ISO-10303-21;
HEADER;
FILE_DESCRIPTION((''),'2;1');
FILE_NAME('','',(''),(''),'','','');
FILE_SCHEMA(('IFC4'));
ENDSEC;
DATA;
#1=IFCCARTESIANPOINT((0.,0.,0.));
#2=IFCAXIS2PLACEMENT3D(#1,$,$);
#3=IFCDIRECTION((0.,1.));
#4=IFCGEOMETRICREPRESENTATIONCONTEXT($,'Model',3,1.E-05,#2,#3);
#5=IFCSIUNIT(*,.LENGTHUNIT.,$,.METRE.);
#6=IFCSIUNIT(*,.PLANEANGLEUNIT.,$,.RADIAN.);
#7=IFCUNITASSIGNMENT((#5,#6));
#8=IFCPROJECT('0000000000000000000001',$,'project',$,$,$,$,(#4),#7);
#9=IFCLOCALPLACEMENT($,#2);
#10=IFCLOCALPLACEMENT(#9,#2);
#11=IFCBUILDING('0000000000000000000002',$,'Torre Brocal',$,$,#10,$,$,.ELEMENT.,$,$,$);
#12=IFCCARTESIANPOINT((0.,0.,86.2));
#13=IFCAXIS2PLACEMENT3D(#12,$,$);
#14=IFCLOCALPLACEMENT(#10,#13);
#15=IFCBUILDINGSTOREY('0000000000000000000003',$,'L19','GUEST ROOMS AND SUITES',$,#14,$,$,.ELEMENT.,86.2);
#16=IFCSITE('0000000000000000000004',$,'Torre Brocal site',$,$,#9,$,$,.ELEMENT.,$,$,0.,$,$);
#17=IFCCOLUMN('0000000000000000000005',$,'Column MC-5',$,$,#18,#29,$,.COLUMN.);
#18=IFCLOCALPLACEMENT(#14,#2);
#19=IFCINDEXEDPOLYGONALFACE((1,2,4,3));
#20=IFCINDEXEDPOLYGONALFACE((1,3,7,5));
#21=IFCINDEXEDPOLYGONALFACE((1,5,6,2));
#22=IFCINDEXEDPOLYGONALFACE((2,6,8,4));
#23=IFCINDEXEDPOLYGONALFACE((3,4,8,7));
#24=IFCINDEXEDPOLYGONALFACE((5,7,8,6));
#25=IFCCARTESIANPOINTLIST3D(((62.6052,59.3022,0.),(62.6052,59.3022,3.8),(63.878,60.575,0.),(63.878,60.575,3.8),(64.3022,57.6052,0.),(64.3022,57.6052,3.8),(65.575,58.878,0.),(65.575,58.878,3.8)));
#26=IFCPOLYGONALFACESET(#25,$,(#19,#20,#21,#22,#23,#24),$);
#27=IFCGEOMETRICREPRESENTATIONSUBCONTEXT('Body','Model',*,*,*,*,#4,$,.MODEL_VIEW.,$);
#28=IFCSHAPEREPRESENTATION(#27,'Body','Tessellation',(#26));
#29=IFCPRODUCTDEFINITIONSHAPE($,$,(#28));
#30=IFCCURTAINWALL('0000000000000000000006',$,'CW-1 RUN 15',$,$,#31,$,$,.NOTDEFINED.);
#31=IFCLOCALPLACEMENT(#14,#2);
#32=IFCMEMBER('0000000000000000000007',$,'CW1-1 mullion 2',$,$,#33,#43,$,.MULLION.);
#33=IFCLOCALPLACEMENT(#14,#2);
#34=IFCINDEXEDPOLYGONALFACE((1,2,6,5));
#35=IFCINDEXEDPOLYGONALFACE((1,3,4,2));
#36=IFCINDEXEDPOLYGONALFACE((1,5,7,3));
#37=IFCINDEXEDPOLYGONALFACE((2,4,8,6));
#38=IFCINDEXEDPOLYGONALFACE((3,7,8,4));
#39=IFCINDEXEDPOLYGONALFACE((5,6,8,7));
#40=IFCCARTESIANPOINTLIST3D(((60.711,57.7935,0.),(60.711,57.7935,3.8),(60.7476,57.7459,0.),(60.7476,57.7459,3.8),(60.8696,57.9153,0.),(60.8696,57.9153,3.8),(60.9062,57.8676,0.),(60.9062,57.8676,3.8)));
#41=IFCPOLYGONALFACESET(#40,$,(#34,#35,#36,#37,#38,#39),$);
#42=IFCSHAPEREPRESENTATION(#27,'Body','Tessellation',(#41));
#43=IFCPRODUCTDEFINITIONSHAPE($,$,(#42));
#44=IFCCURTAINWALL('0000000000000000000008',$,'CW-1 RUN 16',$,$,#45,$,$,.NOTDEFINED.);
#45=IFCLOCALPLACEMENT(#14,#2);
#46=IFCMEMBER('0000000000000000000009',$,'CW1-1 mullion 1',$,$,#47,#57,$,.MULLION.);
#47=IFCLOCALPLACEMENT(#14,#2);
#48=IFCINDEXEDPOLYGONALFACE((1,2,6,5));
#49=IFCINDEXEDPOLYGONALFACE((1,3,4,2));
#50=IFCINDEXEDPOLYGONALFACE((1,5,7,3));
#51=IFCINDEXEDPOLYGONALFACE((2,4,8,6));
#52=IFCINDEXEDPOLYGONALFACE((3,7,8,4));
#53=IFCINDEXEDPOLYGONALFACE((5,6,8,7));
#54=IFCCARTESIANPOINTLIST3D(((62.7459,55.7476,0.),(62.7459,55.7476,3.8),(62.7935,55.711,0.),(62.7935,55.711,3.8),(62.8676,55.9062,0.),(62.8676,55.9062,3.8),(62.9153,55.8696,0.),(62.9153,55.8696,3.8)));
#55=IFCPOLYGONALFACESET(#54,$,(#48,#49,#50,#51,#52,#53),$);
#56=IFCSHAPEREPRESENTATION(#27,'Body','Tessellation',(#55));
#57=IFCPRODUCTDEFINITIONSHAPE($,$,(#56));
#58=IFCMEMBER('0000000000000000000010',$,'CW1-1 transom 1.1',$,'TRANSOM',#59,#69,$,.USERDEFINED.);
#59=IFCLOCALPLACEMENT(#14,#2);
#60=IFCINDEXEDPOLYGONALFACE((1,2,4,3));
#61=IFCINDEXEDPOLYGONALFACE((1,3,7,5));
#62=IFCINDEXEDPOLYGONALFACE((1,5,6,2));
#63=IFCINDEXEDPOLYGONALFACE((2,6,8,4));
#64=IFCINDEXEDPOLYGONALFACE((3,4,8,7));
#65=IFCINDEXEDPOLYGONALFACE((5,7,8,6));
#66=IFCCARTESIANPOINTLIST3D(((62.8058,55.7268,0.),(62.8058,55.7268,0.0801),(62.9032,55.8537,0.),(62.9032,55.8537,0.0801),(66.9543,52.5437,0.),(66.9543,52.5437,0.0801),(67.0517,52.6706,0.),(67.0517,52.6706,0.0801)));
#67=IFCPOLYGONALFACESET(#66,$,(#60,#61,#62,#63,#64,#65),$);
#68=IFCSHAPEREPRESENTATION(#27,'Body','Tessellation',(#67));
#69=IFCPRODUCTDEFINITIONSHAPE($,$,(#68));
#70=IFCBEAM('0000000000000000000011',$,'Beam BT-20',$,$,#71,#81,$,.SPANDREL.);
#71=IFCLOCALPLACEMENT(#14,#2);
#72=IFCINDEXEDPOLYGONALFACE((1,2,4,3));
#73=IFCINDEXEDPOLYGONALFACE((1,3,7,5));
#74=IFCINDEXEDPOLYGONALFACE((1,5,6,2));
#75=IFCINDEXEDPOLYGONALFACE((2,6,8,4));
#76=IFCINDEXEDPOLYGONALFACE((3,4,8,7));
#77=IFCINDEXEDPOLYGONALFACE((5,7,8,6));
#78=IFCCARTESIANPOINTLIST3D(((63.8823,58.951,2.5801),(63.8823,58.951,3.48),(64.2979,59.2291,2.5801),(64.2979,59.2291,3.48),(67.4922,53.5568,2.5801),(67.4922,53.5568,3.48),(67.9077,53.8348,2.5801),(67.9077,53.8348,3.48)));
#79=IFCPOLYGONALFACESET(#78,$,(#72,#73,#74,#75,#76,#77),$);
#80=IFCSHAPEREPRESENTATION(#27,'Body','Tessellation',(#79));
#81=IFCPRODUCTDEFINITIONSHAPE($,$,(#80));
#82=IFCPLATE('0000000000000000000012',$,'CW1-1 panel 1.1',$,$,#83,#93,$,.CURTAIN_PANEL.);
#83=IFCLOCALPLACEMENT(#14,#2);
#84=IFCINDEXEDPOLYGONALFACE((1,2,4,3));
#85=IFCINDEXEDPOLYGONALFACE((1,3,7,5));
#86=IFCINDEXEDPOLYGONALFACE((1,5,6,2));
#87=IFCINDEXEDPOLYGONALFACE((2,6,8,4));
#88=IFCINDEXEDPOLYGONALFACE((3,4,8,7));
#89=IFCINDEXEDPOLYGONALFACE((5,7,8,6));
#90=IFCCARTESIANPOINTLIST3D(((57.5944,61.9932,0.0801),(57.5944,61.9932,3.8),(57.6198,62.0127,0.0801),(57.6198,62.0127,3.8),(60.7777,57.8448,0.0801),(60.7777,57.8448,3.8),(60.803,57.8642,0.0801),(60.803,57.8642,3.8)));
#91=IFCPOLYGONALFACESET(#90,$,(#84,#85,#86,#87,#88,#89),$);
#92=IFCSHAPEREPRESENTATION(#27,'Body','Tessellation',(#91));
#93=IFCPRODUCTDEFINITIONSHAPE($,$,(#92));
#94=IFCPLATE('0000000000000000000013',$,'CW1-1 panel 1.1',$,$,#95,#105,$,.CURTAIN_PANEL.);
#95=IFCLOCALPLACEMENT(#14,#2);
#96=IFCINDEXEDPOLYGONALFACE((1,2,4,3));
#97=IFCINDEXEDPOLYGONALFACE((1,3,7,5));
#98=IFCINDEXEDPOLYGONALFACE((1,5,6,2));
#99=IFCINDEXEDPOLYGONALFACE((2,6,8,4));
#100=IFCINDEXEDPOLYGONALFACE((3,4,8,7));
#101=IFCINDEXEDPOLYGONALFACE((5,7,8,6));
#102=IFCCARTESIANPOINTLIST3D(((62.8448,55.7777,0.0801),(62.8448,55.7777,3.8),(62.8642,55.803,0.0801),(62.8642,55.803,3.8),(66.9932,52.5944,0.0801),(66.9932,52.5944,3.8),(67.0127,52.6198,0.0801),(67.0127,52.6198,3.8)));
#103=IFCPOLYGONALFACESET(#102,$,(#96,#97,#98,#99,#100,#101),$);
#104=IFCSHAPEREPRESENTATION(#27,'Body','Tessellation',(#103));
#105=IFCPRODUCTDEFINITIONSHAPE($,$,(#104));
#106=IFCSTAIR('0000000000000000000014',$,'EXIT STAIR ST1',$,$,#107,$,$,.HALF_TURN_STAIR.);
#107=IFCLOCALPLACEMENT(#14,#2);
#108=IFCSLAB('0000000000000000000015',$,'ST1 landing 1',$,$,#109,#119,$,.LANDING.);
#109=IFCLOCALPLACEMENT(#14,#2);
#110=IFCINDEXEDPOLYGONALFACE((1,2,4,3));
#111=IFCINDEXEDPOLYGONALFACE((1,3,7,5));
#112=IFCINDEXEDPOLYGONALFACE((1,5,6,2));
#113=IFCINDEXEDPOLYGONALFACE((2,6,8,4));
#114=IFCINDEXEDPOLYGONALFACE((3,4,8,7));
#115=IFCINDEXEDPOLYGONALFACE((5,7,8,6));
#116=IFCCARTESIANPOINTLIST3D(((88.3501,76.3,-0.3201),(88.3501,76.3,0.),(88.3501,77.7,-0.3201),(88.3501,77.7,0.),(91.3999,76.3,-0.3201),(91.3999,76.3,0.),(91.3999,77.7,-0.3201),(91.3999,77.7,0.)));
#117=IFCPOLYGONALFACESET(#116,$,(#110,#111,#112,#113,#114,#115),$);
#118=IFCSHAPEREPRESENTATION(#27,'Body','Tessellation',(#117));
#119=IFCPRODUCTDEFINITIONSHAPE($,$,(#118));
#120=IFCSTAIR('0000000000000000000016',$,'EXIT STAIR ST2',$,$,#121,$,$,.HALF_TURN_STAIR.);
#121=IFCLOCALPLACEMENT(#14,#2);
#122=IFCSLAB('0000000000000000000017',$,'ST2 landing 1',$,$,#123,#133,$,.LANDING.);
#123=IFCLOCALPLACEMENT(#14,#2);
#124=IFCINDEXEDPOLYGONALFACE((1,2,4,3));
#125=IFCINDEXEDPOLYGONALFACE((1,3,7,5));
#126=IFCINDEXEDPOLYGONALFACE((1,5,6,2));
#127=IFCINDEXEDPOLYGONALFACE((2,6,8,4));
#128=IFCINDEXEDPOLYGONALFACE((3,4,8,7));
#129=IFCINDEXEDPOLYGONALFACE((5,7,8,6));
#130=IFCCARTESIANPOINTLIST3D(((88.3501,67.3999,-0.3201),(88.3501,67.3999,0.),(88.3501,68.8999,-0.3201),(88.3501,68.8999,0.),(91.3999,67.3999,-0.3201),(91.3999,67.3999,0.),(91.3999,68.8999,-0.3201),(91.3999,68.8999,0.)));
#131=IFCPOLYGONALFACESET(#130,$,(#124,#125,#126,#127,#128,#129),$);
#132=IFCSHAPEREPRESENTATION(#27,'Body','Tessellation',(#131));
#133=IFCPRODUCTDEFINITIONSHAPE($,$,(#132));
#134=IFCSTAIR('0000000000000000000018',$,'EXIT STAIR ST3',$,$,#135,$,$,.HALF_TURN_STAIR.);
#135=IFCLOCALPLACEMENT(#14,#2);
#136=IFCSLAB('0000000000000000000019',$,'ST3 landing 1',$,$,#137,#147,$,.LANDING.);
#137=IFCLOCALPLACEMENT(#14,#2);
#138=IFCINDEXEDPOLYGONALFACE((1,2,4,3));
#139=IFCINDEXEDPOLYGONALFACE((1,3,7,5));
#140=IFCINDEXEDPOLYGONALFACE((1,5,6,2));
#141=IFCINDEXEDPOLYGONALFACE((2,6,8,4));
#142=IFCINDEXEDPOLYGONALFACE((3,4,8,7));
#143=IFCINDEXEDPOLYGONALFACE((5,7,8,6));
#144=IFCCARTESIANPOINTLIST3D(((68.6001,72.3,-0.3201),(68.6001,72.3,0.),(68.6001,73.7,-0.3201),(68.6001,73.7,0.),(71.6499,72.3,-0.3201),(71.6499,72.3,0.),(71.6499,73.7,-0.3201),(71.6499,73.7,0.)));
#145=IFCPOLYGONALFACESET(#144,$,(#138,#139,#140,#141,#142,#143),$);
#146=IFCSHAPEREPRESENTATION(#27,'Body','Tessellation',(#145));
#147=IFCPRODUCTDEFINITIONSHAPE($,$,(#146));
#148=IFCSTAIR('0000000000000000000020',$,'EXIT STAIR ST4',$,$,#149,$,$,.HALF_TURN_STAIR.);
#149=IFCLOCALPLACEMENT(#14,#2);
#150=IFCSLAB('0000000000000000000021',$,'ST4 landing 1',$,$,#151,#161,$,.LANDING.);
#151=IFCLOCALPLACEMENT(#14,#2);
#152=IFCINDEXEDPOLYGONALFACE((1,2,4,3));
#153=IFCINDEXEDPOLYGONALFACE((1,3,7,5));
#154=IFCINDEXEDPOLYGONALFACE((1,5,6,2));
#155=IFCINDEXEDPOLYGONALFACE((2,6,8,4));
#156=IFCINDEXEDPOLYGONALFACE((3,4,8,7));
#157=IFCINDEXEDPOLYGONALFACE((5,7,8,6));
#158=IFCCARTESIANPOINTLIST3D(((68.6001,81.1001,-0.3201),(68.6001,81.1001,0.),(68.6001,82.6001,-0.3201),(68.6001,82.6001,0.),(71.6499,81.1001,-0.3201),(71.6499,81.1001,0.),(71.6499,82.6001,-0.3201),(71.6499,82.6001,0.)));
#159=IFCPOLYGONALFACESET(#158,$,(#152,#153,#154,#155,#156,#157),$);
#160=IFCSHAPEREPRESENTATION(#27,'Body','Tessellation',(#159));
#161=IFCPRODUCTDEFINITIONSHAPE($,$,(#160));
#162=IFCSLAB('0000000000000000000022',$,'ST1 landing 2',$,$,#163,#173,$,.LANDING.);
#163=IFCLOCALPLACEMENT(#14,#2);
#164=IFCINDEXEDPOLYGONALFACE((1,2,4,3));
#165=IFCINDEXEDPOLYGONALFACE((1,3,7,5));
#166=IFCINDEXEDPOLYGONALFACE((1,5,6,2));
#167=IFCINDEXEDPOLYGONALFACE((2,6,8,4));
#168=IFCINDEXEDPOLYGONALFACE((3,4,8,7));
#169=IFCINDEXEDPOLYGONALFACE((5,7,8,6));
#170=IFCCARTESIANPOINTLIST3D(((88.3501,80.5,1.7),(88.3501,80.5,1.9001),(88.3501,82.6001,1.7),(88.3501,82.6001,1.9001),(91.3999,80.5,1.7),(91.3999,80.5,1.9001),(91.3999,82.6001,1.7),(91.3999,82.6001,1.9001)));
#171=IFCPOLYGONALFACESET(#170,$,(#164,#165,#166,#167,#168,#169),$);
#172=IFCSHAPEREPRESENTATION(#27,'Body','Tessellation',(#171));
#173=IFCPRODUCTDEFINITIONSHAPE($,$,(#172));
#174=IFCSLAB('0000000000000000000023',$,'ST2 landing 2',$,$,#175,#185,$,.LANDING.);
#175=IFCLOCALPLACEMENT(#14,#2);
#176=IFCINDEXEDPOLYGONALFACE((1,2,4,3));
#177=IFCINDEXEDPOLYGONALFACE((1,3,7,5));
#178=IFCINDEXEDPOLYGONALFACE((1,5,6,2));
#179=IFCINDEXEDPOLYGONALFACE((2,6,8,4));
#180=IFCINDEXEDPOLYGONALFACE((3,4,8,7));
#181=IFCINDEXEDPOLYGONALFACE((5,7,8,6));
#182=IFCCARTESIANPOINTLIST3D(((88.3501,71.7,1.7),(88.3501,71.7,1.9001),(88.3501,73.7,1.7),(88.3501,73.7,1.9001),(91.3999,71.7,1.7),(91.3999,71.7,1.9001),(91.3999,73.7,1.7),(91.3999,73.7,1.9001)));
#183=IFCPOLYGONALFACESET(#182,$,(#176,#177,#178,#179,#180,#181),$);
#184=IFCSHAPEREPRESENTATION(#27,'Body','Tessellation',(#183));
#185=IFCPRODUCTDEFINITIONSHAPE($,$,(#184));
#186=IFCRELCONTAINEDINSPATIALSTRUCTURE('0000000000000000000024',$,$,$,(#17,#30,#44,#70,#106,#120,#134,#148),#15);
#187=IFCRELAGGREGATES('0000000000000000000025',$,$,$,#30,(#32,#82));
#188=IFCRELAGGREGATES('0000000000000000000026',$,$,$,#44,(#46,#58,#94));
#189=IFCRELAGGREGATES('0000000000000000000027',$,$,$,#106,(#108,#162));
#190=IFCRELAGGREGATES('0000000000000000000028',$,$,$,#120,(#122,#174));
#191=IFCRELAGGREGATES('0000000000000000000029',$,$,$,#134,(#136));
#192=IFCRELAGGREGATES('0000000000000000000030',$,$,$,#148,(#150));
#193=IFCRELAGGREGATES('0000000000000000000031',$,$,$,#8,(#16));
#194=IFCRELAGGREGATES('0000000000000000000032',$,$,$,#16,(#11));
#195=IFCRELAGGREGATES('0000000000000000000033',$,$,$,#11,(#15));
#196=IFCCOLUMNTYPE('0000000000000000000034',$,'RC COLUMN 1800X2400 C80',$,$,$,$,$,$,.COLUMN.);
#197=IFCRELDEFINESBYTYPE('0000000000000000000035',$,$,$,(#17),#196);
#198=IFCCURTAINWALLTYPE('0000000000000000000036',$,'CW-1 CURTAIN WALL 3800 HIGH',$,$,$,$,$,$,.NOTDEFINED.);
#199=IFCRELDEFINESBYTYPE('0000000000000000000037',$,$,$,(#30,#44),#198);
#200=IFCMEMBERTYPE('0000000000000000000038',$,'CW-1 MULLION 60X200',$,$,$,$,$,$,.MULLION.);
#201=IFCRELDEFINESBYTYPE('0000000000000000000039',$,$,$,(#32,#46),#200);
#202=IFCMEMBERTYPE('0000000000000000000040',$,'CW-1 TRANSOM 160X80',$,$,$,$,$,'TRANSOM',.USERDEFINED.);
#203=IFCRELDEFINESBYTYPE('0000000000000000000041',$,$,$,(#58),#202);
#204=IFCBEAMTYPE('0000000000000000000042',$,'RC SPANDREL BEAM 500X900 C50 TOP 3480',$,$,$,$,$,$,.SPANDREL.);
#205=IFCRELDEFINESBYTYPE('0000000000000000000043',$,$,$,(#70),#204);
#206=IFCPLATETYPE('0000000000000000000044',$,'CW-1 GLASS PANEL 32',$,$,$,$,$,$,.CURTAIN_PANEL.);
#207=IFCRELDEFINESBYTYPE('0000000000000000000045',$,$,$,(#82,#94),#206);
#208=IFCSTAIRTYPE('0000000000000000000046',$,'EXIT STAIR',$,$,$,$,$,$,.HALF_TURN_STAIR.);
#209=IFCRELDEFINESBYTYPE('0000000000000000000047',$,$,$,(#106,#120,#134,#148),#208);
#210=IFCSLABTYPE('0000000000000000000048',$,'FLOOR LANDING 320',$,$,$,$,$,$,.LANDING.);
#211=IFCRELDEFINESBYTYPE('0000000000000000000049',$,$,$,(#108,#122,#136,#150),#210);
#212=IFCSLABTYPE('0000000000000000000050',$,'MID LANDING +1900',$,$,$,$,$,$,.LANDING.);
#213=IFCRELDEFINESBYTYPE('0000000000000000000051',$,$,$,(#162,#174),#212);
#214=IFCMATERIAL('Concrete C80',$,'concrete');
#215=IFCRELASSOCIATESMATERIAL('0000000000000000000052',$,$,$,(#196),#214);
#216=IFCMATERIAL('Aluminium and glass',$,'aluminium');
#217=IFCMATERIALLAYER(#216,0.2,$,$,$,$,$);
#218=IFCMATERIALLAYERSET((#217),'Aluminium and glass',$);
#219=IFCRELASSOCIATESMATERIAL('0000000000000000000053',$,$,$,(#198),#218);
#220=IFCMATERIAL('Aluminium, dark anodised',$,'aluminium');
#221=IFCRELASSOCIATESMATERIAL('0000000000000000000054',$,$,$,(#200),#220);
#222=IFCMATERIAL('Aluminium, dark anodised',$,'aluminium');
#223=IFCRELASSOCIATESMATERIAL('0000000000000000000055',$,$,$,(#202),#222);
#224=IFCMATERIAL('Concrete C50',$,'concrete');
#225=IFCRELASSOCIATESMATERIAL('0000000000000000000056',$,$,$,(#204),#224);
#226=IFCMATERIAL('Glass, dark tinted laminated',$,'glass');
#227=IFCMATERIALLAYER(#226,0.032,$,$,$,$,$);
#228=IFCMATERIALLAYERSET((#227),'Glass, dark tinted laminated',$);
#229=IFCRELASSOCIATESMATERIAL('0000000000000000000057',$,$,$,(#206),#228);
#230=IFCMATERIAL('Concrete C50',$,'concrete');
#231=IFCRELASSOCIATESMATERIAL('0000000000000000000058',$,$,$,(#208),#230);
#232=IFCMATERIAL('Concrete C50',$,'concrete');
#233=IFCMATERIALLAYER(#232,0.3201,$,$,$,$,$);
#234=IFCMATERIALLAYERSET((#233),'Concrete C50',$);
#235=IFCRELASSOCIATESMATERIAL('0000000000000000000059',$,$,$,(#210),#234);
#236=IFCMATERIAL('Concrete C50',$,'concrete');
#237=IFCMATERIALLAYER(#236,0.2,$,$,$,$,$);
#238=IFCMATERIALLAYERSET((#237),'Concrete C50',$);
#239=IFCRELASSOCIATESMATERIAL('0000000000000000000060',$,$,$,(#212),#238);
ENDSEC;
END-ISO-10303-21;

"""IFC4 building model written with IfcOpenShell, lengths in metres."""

from ifc_helpers import new_model, si_unit, direction, frame, origin, origin_2d, place, context, subcontext, project, spatial, polyline, rectangle, outline, extrude, material, layer, layer_set, material_profile, profile_set, type_object, element, aggregate, save


model = new_model("IFC4")

# Units and contexts
model_context = context("Model", 3, precision=1e-05, world=origin(), true_north=direction((0.0, 1.0)))
body_context = subcontext(model_context, "Body", "Model", "MODEL_VIEW")
ifc_project = project(units=[si_unit("LENGTHUNIT", "METRE"), si_unit("PLANEANGLEUNIT", "RADIAN")], contexts=[model_context])

# Site, building, storey
site_placement = place(None, origin())
site = spatial("IfcSite", under=ifc_project, at=site_placement, Name="Torre Brocal site", CompositionType="ELEMENT", RefElevation=0.0)
building_placement = place(site_placement, origin())
building = spatial("IfcBuilding", under=site, at=building_placement, Name="Torre Brocal", CompositionType="ELEMENT")
storey_placement = place(building_placement, frame((0.0, 0.0, 86.2)))
storey = spatial("IfcBuildingStorey", under=building, at=storey_placement, Name="L19", Description="GUEST ROOMS AND SUITES", CompositionType="ELEMENT", Elevation=86.2)

# Column
ifc_material_1 = material(Name="Concrete C80", Category="concrete")
ifc_material_profile_1 = material_profile(ifc_material_1, rectangle(XDim=1.8, YDim=2.3999, at=origin_2d()), Name="RC 1800X2400")
ifc_profile_set_1 = profile_set([ifc_material_profile_1], Name="Concrete C80")
column_type = type_object("IfcColumnType", Name="RC COLUMN 1800X2400 C80", PredefinedType="COLUMN", material=ifc_profile_set_1)
column_placement = place(storey_placement, frame((64.0901, 59.0901, 0.0), z_axis=(0.0, 0.0, 1.0), x_axis=(-0.707107, -0.707107, 0.0)))
element("IfcColumn", 1, at=column_placement, inside=storey, type_object=column_type, Name="Column MC-5", PredefinedType="COLUMN", context=body_context, shape_type="SweptSolid", body=[
    extrude(rectangle(XDim=1.8, YDim=2.3999, at=origin_2d()), origin(), (0.0, 0.0, 1.0), 3.8),
])

# Curtain wall, member
ifc_material_2 = material(Name="Aluminium and glass", Category="aluminium")
ifc_layer_1 = layer(ifc_material_2, 0.2)
ifc_layer_set_1 = layer_set([ifc_layer_1], Name="Aluminium and glass")
curtain_wall_type = type_object("IfcCurtainWallType", Name="CW-1 CURTAIN WALL 3800 HIGH", PredefinedType="NOTDEFINED", material=ifc_layer_set_1)
curtain_wall_1_placement = place(storey_placement, origin())
curtain_wall_1 = element("IfcCurtainWall", 2, at=curtain_wall_1_placement, inside=storey, type_object=curtain_wall_type, Name="CW-1 RUN 15", PredefinedType="NOTDEFINED")
ifc_material_3 = material(Name="Aluminium, dark anodised", Category="aluminium")
ifc_material_profile_2 = material_profile(ifc_material_3, rectangle(XDim=0.2, YDim=0.0601, at=origin_2d()), Name="CW-1 MULLION 60X200")
ifc_profile_set_2 = profile_set([ifc_material_profile_2], Name="Aluminium, dark anodised")
member_type_1 = type_object("IfcMemberType", Name="CW-1 MULLION 60X200", PredefinedType="MULLION", material=ifc_profile_set_2)
member_1_placement = place(storey_placement, frame((60.8086, 57.8306, 0.0), z_axis=(0.0, 0.0, 1.0), x_axis=(0.793353, 0.608761, 0.0)))
member_1 = element("IfcMember", 3, at=member_1_placement, type_object=member_type_1, Name="CW1-1 mullion 2", PredefinedType="MULLION", context=body_context, shape_type="SweptSolid", body=[
    extrude(rectangle(XDim=0.2, YDim=0.0601, at=origin_2d()), origin(), (0.0, 0.0, 1.0), 3.8),
])

# Curtain wall, members
curtain_wall_2_placement = place(storey_placement, origin())
curtain_wall_2 = element("IfcCurtainWall", 4, at=curtain_wall_2_placement, inside=storey, type_object=curtain_wall_type, Name="CW-1 RUN 16", PredefinedType="NOTDEFINED")
member_2_placement = place(storey_placement, frame((62.8306, 55.8086, 0.0), z_axis=(0.0, 0.0, 1.0), x_axis=(0.608761, 0.793353, 0.0)))
member_2 = element("IfcMember", 5, at=member_2_placement, type_object=member_type_1, Name="CW1-1 mullion 1", PredefinedType="MULLION", context=body_context, shape_type="SweptSolid", body=[
    extrude(rectangle(XDim=0.2, YDim=0.0601, at=origin_2d()), origin(), (0.0, 0.0, 1.0), 3.8),
])
ifc_material_4 = material(Name="Aluminium, dark anodised", Category="aluminium")
ifc_material_profile_3 = material_profile(ifc_material_4, rectangle(XDim=0.1599, YDim=0.0801, at=origin_2d()), Name="CW-1 TRANSOM 160X80")
ifc_profile_set_3 = profile_set([ifc_material_profile_3], Name="Aluminium, dark anodised")
member_type_2 = type_object("IfcMemberType", Name="CW-1 TRANSOM 160X80", ElementType="TRANSOM", PredefinedType="USERDEFINED", material=ifc_profile_set_3)
member_3_placement = place(storey_placement, frame((62.8545, 55.7903, 0.04), z_axis=(0.793363, -0.608749, 0.0), x_axis=(0.608749, 0.793363, 0.0)))
member_3 = element("IfcMember", 6, at=member_3_placement, type_object=member_type_2, Name="CW1-1 transom 1.1", ObjectType="TRANSOM", PredefinedType="USERDEFINED", context=body_context, shape_type="SweptSolid", body=[
    extrude(rectangle(XDim=0.1599, YDim=0.0801, at=origin_2d()), origin(), (0.0, 0.0, 1.0), 5.229),
])

# Beam
ifc_material_5 = material(Name="Concrete C50", Category="concrete")
ifc_material_profile_4 = material_profile(ifc_material_5, rectangle(XDim=0.5, YDim=0.8999, at=origin_2d()), Name="RC 500X900")
ifc_profile_set_4 = profile_set([ifc_material_profile_4], Name="Concrete C50")
beam_type = type_object("IfcBeamType", Name="RC SPANDREL BEAM 500X900 C50 TOP 3480", PredefinedType="SPANDREL", material=ifc_profile_set_4)
beam_placement = place(storey_placement, frame((64.0901, 59.0901, 3.03), z_axis=(0.556158, -0.831077, 0.0), x_axis=(0.831077, 0.556158, 0.0)))
element("IfcBeam", 7, at=beam_placement, inside=storey, type_object=beam_type, Name="Beam BT-20", PredefinedType="SPANDREL", context=body_context, shape_type="SweptSolid", body=[
    extrude(rectangle(XDim=0.5, YDim=0.8999, at=origin_2d()), origin(), (0.0, 0.0, 1.0), 6.4907),
])

# Plates
ifc_material_6 = material(Name="Glass, dark tinted laminated", Category="glass")
ifc_layer_2 = layer(ifc_material_6, 0.032)
ifc_layer_set_2 = layer_set([ifc_layer_2], Name="Glass, dark tinted laminated")
plate_type = type_object("IfcPlateType", Name="CW-1 GLASS PANEL 32", PredefinedType="CURTAIN_PANEL", material=ifc_layer_set_2)
plate_1_placement = place(storey_placement, frame((59.1987, 59.9287, 0.0801), z_axis=(0.0, 0.0, 1.0), x_axis=(0.608761, -0.793353, 0.0)))
plate_1 = element("IfcPlate", 8, at=plate_1_placement, type_object=plate_type, Name="CW1-1 panel 1.1", PredefinedType="CURTAIN_PANEL", context=body_context, shape_type="SweptSolid", body=[
    extrude(rectangle(XDim=5.229, YDim=0.032, at=origin_2d()), origin(), (0.0, 0.0, 1.0), 3.72),
])
aggregate(curtain_wall_1, [member_1, plate_1])
plate_2_placement = place(storey_placement, frame((64.9287, 54.1987, 0.0801), z_axis=(0.0, 0.0, 1.0), x_axis=(0.793353, -0.608761, 0.0)))
plate_2 = element("IfcPlate", 9, at=plate_2_placement, type_object=plate_type, Name="CW1-1 panel 1.1", PredefinedType="CURTAIN_PANEL", context=body_context, shape_type="SweptSolid", body=[
    extrude(rectangle(XDim=5.229, YDim=0.032, at=origin_2d()), origin(), (0.0, 0.0, 1.0), 3.72),
])
aggregate(curtain_wall_2, [member_2, member_3, plate_2])

# Stairs, slabs
ifc_material_7 = material(Name="Concrete C50", Category="concrete")
stair_type = type_object("IfcStairType", Name="EXIT STAIR", PredefinedType="HALF_TURN_STAIR", material=ifc_material_7)
stair_1_placement = place(storey_placement, origin())
stair_1 = element("IfcStair", 10, at=stair_1_placement, inside=storey, type_object=stair_type, Name="EXIT STAIR ST1", PredefinedType="HALF_TURN_STAIR")
ifc_material_8 = material(Name="Concrete C50", Category="concrete")
ifc_layer_3 = layer(ifc_material_8, 0.3201)
ifc_layer_set_3 = layer_set([ifc_layer_3], Name="Concrete C50")
slab_type_1 = type_object("IfcSlabType", Name="FLOOR LANDING 320", PredefinedType="LANDING", material=ifc_layer_set_3)
slab_1_placement = place(storey_placement, frame((0.0, 0.0, -0.3201)))
slab_1 = element("IfcSlab", 11, at=slab_1_placement, type_object=slab_type_1, Name="ST1 landing 1", PredefinedType="LANDING", context=body_context, shape_type="SweptSolid", body=[
    extrude(outline(polyline([(88.3501, 76.3), (91.3999, 76.3), (91.3999, 77.7), (88.3501, 77.7), (88.3501, 76.3)])), origin(), (0.0, 0.0, 1.0), 0.3201),
])
stair_2_placement = place(storey_placement, origin())
stair_2 = element("IfcStair", 12, at=stair_2_placement, inside=storey, type_object=stair_type, Name="EXIT STAIR ST2", PredefinedType="HALF_TURN_STAIR")
slab_2_placement = place(storey_placement, frame((0.0, 0.0, -0.3201)))
slab_2 = element("IfcSlab", 13, at=slab_2_placement, type_object=slab_type_1, Name="ST2 landing 1", PredefinedType="LANDING", context=body_context, shape_type="SweptSolid", body=[
    extrude(outline(polyline([(88.3501, 67.3999), (91.3999, 67.3999), (91.3999, 68.8999), (88.3501, 68.8999), (88.3501, 67.3999)])), origin(), (0.0, 0.0, 1.0), 0.3201),
])
stair_3_placement = place(storey_placement, origin())
stair_3 = element("IfcStair", 14, at=stair_3_placement, inside=storey, type_object=stair_type, Name="EXIT STAIR ST3", PredefinedType="HALF_TURN_STAIR")
slab_3_placement = place(storey_placement, frame((0.0, 0.0, -0.3201)))
slab_3 = element("IfcSlab", 15, at=slab_3_placement, type_object=slab_type_1, Name="ST3 landing 1", PredefinedType="LANDING", context=body_context, shape_type="SweptSolid", body=[
    extrude(outline(polyline([(71.6499, 73.7), (68.6001, 73.7), (68.6001, 72.3), (71.6499, 72.3), (71.6499, 73.7)])), origin(), (0.0, 0.0, 1.0), 0.3201),
])
stair_4_placement = place(storey_placement, origin())
stair_4 = element("IfcStair", 16, at=stair_4_placement, inside=storey, type_object=stair_type, Name="EXIT STAIR ST4", PredefinedType="HALF_TURN_STAIR")
slab_4_placement = place(storey_placement, frame((0.0, 0.0, -0.3201)))
slab_4 = element("IfcSlab", 17, at=slab_4_placement, type_object=slab_type_1, Name="ST4 landing 1", PredefinedType="LANDING", context=body_context, shape_type="SweptSolid", body=[
    extrude(outline(polyline([(71.6499, 82.6001), (68.6001, 82.6001), (68.6001, 81.1001), (71.6499, 81.1001), (71.6499, 82.6001)])), origin(), (0.0, 0.0, 1.0), 0.3201),
])

# Slabs
ifc_material_9 = material(Name="Concrete C50", Category="concrete")
ifc_layer_4 = layer(ifc_material_9, 0.2)
ifc_layer_set_4 = layer_set([ifc_layer_4], Name="Concrete C50")
slab_type_2 = type_object("IfcSlabType", Name="MID LANDING +1900", PredefinedType="LANDING", material=ifc_layer_set_4)
slab_5_placement = place(storey_placement, frame((0.0, 0.0, 1.7)))
slab_5 = element("IfcSlab", 18, at=slab_5_placement, type_object=slab_type_2, Name="ST1 landing 2", PredefinedType="LANDING", context=body_context, shape_type="SweptSolid", body=[
    extrude(outline(polyline([(88.3501, 80.5), (91.3999, 80.5), (91.3999, 82.6001), (88.3501, 82.6001), (88.3501, 80.5)])), origin(), (0.0, 0.0, 1.0), 0.2002),
])
aggregate(stair_1, [slab_1, slab_5])
slab_6_placement = place(storey_placement, frame((0.0, 0.0, 1.7)))
slab_6 = element("IfcSlab", 19, at=slab_6_placement, type_object=slab_type_2, Name="ST2 landing 2", PredefinedType="LANDING", context=body_context, shape_type="SweptSolid", body=[
    extrude(outline(polyline([(88.3501, 71.7), (91.3999, 71.7), (91.3999, 73.7), (88.3501, 73.7), (88.3501, 71.7)])), origin(), (0.0, 0.0, 1.0), 0.2002),
])
aggregate(stair_2, [slab_2, slab_6])
aggregate(stair_3, [slab_3])
aggregate(stair_4, [slab_4])

save(model, "model.ifc")
